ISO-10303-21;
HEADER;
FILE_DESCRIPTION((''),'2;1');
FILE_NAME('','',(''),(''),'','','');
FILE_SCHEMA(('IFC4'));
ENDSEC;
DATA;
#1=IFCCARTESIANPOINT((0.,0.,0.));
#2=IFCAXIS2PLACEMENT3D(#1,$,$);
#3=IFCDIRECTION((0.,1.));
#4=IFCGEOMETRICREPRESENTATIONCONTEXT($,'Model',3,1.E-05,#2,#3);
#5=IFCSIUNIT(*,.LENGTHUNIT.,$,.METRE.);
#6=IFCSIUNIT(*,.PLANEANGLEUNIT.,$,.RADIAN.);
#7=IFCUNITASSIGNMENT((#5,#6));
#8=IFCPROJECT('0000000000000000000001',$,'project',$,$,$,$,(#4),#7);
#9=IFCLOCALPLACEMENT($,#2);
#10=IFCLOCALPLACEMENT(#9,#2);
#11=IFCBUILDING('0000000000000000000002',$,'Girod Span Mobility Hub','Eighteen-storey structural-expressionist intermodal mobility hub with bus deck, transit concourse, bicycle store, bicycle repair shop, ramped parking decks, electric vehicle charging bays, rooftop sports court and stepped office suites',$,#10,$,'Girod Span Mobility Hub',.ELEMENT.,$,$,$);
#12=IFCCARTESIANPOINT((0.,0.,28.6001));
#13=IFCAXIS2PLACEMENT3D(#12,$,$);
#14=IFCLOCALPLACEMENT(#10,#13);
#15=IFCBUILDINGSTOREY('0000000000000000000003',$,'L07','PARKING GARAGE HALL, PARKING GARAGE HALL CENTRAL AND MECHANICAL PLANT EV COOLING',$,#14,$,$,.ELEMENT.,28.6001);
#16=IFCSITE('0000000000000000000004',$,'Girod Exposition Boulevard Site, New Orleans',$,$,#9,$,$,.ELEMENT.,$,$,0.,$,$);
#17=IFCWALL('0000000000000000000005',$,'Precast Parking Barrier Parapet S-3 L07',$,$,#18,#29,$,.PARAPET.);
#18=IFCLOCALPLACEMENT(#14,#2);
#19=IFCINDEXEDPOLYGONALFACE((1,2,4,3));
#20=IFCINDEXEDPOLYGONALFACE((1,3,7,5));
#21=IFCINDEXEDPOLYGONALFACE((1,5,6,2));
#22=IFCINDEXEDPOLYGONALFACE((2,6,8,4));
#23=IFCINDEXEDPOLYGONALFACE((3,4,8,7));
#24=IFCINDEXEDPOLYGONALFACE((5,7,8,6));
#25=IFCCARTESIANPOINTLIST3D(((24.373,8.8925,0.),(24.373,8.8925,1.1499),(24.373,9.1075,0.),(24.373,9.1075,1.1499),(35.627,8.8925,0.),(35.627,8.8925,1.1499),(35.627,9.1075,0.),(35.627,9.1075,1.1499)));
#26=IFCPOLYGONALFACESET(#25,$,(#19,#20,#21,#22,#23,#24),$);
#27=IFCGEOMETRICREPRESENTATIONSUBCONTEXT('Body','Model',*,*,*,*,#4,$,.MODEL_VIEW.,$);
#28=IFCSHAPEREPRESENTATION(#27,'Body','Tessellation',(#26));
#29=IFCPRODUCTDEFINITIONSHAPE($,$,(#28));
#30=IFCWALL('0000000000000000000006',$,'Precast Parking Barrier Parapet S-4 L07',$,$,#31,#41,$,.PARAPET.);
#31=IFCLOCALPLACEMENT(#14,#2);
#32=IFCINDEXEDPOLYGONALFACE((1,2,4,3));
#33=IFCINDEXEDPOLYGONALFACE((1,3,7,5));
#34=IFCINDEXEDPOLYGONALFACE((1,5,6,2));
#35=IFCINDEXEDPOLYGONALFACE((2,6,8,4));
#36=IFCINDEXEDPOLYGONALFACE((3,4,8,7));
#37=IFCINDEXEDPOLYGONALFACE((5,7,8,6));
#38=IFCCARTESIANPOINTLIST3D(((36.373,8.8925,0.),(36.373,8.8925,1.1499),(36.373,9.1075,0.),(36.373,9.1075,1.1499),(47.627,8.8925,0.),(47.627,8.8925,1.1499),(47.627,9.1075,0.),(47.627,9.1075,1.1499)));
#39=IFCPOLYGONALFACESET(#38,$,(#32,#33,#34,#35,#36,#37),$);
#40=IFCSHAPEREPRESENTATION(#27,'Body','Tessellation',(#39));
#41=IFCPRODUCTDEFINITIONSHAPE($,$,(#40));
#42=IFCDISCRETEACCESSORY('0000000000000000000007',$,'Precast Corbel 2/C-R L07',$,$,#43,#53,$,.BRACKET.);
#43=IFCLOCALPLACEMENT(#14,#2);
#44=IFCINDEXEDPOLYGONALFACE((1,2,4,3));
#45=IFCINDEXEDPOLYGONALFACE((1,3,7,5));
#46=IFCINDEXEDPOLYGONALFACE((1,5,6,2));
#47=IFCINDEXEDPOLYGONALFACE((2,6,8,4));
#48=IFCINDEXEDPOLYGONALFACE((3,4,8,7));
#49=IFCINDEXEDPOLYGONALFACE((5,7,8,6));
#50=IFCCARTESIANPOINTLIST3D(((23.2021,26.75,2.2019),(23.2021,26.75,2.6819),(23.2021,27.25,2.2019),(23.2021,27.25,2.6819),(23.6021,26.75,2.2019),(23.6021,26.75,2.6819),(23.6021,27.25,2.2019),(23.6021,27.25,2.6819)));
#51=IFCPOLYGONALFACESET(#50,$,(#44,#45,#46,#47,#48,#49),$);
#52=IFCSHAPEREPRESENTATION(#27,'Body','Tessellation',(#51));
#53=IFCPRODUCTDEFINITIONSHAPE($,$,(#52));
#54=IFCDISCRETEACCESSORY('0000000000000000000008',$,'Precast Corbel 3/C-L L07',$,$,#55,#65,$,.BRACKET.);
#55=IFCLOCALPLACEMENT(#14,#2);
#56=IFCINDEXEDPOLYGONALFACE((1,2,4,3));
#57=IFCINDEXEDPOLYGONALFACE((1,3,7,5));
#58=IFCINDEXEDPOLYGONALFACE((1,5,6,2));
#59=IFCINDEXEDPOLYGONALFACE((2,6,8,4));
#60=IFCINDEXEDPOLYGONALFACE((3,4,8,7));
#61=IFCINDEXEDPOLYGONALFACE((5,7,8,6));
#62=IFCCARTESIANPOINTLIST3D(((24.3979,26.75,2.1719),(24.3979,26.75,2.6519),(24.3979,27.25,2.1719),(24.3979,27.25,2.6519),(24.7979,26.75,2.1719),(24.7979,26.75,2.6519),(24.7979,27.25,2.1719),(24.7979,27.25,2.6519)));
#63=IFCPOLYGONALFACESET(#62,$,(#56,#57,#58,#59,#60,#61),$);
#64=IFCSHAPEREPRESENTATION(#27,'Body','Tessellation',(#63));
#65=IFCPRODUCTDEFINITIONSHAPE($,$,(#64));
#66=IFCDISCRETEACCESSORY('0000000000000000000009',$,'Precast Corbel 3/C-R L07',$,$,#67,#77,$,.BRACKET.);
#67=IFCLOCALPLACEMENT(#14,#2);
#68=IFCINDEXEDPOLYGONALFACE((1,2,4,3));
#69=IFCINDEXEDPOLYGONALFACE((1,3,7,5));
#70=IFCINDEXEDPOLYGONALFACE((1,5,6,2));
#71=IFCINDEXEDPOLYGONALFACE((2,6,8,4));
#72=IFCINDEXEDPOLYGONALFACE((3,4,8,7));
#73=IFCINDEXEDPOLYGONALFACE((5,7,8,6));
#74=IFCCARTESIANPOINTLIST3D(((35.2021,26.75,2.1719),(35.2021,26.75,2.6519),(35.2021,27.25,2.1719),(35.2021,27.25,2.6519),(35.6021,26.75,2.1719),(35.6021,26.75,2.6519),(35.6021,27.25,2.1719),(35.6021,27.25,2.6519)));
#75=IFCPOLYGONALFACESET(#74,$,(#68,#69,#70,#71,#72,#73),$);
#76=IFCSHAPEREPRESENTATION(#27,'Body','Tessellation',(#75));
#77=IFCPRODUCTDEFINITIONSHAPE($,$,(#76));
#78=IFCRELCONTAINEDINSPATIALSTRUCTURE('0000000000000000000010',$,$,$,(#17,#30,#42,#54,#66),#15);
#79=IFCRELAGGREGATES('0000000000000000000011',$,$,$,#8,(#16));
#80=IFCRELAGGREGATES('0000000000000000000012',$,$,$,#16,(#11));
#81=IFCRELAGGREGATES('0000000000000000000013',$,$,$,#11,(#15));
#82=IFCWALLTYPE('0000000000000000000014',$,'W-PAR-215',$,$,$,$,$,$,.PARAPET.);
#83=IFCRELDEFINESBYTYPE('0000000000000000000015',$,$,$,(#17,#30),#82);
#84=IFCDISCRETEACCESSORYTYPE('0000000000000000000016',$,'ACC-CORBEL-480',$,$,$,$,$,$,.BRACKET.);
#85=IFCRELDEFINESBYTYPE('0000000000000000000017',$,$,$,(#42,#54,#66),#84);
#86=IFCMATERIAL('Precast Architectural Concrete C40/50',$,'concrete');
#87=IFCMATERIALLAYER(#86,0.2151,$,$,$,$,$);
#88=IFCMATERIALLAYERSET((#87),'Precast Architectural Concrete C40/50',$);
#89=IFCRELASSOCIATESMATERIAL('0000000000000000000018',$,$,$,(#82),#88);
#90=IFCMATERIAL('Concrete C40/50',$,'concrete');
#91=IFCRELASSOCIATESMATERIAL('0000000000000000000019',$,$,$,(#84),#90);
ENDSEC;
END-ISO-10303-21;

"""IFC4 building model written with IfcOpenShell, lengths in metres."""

from ifc_helpers import new_model, si_unit, direction, frame, frame_2d, origin, origin_2d, place, context, subcontext, project, spatial, rectangle, extrude, material, layer, layer_set, type_object, element, save


model = new_model("IFC4")

# Units and contexts
model_context = context("Model", 3, precision=1e-05, world=origin(), true_north=direction((0.0, 1.0)))
body_context = subcontext(model_context, "Body", "Model", "MODEL_VIEW")
ifc_project = project(units=[si_unit("LENGTHUNIT", "METRE"), si_unit("PLANEANGLEUNIT", "RADIAN")], contexts=[model_context])

# Site, building, storey
site_placement = place(None, origin())
site = spatial("IfcSite", under=ifc_project, at=site_placement, Name="Girod Exposition Boulevard Site, New Orleans", CompositionType="ELEMENT", RefElevation=0.0)
building_placement = place(site_placement, origin())
building = spatial("IfcBuilding", under=site, at=building_placement, Name="Girod Span Mobility Hub", Description="Eighteen-storey structural-expressionist intermodal mobility hub with bus deck, transit concourse, bicycle store, bicycle repair shop, ramped parking decks, electric vehicle charging bays, rooftop sports court and stepped office suites", LongName="Girod Span Mobility Hub", CompositionType="ELEMENT")
storey_placement = place(building_placement, frame((0.0, 0.0, 28.6001)))
storey = spatial("IfcBuildingStorey", under=building, at=storey_placement, Name="L07", Description="PARKING GARAGE HALL, PARKING GARAGE HALL CENTRAL AND MECHANICAL PLANT EV COOLING", CompositionType="ELEMENT", Elevation=28.6001)

# Walls
ifc_material_1 = material(Name="Precast Architectural Concrete C40/50", Category="concrete")
ifc_layer = layer(ifc_material_1, 0.2151)
ifc_layer_set = layer_set([ifc_layer], Name="Precast Architectural Concrete C40/50")
wall_type = type_object("IfcWallType", Name="W-PAR-215", PredefinedType="PARAPET", material=ifc_layer_set)
for number, where, z_axis, x_axis, name in (
    (1, (24.373, 9.0, 0.0), (0.0, 0.0, 1.0), (1.0, 0.0, 0.0), "Precast Parking Barrier Parapet S-3 L07"),
    (2, (36.373, 9.0, 0.0), (0.0, 0.0, 1.0), (1.0, 0.0, 0.0), "Precast Parking Barrier Parapet S-4 L07"),
):
    element("IfcWall", number, at=place(storey_placement, frame(where, z_axis=z_axis, x_axis=x_axis)), inside=storey, type_object=wall_type, Name=name, PredefinedType="PARAPET", context=body_context, shape_type="SweptSolid", body=[
        extrude(rectangle(XDim=11.2539, YDim=0.2151, at=frame_2d((5.627, 0.0))), origin(), (0.0, 0.0, 1.0), 1.1499),
    ])

# Discrete accessories
ifc_material_2 = material(Name="Concrete C40/50", Category="concrete")
discrete_accessory_type = type_object("IfcDiscreteAccessoryType", Name="ACC-CORBEL-480", PredefinedType="BRACKET", material=ifc_material_2)
for number, where, z_axis, x_axis, name in (
    (3, (23.4021, 27.0, 2.2019), (0.0, 0.0, 1.0), (1.0, 0.0, 0.0), "Precast Corbel 2/C-R L07"),
    (4, (24.5979, 27.0, 2.1719), (0.0, 0.0, 1.0), (1.0, 0.0, 0.0), "Precast Corbel 3/C-L L07"),
    (5, (35.4021, 27.0, 2.1719), (0.0, 0.0, 1.0), (1.0, 0.0, 0.0), "Precast Corbel 3/C-R L07"),
):
    element("IfcDiscreteAccessory", number, at=place(storey_placement, frame(where, z_axis=z_axis, x_axis=x_axis)), inside=storey, type_object=discrete_accessory_type, Name=name, PredefinedType="BRACKET", context=body_context, shape_type="SweptSolid", body=[
        extrude(rectangle(XDim=0.3999, YDim=0.5, at=origin_2d()), origin(), (0.0, 0.0, 1.0), 0.48),
    ])

save(model, "model.ifc")
